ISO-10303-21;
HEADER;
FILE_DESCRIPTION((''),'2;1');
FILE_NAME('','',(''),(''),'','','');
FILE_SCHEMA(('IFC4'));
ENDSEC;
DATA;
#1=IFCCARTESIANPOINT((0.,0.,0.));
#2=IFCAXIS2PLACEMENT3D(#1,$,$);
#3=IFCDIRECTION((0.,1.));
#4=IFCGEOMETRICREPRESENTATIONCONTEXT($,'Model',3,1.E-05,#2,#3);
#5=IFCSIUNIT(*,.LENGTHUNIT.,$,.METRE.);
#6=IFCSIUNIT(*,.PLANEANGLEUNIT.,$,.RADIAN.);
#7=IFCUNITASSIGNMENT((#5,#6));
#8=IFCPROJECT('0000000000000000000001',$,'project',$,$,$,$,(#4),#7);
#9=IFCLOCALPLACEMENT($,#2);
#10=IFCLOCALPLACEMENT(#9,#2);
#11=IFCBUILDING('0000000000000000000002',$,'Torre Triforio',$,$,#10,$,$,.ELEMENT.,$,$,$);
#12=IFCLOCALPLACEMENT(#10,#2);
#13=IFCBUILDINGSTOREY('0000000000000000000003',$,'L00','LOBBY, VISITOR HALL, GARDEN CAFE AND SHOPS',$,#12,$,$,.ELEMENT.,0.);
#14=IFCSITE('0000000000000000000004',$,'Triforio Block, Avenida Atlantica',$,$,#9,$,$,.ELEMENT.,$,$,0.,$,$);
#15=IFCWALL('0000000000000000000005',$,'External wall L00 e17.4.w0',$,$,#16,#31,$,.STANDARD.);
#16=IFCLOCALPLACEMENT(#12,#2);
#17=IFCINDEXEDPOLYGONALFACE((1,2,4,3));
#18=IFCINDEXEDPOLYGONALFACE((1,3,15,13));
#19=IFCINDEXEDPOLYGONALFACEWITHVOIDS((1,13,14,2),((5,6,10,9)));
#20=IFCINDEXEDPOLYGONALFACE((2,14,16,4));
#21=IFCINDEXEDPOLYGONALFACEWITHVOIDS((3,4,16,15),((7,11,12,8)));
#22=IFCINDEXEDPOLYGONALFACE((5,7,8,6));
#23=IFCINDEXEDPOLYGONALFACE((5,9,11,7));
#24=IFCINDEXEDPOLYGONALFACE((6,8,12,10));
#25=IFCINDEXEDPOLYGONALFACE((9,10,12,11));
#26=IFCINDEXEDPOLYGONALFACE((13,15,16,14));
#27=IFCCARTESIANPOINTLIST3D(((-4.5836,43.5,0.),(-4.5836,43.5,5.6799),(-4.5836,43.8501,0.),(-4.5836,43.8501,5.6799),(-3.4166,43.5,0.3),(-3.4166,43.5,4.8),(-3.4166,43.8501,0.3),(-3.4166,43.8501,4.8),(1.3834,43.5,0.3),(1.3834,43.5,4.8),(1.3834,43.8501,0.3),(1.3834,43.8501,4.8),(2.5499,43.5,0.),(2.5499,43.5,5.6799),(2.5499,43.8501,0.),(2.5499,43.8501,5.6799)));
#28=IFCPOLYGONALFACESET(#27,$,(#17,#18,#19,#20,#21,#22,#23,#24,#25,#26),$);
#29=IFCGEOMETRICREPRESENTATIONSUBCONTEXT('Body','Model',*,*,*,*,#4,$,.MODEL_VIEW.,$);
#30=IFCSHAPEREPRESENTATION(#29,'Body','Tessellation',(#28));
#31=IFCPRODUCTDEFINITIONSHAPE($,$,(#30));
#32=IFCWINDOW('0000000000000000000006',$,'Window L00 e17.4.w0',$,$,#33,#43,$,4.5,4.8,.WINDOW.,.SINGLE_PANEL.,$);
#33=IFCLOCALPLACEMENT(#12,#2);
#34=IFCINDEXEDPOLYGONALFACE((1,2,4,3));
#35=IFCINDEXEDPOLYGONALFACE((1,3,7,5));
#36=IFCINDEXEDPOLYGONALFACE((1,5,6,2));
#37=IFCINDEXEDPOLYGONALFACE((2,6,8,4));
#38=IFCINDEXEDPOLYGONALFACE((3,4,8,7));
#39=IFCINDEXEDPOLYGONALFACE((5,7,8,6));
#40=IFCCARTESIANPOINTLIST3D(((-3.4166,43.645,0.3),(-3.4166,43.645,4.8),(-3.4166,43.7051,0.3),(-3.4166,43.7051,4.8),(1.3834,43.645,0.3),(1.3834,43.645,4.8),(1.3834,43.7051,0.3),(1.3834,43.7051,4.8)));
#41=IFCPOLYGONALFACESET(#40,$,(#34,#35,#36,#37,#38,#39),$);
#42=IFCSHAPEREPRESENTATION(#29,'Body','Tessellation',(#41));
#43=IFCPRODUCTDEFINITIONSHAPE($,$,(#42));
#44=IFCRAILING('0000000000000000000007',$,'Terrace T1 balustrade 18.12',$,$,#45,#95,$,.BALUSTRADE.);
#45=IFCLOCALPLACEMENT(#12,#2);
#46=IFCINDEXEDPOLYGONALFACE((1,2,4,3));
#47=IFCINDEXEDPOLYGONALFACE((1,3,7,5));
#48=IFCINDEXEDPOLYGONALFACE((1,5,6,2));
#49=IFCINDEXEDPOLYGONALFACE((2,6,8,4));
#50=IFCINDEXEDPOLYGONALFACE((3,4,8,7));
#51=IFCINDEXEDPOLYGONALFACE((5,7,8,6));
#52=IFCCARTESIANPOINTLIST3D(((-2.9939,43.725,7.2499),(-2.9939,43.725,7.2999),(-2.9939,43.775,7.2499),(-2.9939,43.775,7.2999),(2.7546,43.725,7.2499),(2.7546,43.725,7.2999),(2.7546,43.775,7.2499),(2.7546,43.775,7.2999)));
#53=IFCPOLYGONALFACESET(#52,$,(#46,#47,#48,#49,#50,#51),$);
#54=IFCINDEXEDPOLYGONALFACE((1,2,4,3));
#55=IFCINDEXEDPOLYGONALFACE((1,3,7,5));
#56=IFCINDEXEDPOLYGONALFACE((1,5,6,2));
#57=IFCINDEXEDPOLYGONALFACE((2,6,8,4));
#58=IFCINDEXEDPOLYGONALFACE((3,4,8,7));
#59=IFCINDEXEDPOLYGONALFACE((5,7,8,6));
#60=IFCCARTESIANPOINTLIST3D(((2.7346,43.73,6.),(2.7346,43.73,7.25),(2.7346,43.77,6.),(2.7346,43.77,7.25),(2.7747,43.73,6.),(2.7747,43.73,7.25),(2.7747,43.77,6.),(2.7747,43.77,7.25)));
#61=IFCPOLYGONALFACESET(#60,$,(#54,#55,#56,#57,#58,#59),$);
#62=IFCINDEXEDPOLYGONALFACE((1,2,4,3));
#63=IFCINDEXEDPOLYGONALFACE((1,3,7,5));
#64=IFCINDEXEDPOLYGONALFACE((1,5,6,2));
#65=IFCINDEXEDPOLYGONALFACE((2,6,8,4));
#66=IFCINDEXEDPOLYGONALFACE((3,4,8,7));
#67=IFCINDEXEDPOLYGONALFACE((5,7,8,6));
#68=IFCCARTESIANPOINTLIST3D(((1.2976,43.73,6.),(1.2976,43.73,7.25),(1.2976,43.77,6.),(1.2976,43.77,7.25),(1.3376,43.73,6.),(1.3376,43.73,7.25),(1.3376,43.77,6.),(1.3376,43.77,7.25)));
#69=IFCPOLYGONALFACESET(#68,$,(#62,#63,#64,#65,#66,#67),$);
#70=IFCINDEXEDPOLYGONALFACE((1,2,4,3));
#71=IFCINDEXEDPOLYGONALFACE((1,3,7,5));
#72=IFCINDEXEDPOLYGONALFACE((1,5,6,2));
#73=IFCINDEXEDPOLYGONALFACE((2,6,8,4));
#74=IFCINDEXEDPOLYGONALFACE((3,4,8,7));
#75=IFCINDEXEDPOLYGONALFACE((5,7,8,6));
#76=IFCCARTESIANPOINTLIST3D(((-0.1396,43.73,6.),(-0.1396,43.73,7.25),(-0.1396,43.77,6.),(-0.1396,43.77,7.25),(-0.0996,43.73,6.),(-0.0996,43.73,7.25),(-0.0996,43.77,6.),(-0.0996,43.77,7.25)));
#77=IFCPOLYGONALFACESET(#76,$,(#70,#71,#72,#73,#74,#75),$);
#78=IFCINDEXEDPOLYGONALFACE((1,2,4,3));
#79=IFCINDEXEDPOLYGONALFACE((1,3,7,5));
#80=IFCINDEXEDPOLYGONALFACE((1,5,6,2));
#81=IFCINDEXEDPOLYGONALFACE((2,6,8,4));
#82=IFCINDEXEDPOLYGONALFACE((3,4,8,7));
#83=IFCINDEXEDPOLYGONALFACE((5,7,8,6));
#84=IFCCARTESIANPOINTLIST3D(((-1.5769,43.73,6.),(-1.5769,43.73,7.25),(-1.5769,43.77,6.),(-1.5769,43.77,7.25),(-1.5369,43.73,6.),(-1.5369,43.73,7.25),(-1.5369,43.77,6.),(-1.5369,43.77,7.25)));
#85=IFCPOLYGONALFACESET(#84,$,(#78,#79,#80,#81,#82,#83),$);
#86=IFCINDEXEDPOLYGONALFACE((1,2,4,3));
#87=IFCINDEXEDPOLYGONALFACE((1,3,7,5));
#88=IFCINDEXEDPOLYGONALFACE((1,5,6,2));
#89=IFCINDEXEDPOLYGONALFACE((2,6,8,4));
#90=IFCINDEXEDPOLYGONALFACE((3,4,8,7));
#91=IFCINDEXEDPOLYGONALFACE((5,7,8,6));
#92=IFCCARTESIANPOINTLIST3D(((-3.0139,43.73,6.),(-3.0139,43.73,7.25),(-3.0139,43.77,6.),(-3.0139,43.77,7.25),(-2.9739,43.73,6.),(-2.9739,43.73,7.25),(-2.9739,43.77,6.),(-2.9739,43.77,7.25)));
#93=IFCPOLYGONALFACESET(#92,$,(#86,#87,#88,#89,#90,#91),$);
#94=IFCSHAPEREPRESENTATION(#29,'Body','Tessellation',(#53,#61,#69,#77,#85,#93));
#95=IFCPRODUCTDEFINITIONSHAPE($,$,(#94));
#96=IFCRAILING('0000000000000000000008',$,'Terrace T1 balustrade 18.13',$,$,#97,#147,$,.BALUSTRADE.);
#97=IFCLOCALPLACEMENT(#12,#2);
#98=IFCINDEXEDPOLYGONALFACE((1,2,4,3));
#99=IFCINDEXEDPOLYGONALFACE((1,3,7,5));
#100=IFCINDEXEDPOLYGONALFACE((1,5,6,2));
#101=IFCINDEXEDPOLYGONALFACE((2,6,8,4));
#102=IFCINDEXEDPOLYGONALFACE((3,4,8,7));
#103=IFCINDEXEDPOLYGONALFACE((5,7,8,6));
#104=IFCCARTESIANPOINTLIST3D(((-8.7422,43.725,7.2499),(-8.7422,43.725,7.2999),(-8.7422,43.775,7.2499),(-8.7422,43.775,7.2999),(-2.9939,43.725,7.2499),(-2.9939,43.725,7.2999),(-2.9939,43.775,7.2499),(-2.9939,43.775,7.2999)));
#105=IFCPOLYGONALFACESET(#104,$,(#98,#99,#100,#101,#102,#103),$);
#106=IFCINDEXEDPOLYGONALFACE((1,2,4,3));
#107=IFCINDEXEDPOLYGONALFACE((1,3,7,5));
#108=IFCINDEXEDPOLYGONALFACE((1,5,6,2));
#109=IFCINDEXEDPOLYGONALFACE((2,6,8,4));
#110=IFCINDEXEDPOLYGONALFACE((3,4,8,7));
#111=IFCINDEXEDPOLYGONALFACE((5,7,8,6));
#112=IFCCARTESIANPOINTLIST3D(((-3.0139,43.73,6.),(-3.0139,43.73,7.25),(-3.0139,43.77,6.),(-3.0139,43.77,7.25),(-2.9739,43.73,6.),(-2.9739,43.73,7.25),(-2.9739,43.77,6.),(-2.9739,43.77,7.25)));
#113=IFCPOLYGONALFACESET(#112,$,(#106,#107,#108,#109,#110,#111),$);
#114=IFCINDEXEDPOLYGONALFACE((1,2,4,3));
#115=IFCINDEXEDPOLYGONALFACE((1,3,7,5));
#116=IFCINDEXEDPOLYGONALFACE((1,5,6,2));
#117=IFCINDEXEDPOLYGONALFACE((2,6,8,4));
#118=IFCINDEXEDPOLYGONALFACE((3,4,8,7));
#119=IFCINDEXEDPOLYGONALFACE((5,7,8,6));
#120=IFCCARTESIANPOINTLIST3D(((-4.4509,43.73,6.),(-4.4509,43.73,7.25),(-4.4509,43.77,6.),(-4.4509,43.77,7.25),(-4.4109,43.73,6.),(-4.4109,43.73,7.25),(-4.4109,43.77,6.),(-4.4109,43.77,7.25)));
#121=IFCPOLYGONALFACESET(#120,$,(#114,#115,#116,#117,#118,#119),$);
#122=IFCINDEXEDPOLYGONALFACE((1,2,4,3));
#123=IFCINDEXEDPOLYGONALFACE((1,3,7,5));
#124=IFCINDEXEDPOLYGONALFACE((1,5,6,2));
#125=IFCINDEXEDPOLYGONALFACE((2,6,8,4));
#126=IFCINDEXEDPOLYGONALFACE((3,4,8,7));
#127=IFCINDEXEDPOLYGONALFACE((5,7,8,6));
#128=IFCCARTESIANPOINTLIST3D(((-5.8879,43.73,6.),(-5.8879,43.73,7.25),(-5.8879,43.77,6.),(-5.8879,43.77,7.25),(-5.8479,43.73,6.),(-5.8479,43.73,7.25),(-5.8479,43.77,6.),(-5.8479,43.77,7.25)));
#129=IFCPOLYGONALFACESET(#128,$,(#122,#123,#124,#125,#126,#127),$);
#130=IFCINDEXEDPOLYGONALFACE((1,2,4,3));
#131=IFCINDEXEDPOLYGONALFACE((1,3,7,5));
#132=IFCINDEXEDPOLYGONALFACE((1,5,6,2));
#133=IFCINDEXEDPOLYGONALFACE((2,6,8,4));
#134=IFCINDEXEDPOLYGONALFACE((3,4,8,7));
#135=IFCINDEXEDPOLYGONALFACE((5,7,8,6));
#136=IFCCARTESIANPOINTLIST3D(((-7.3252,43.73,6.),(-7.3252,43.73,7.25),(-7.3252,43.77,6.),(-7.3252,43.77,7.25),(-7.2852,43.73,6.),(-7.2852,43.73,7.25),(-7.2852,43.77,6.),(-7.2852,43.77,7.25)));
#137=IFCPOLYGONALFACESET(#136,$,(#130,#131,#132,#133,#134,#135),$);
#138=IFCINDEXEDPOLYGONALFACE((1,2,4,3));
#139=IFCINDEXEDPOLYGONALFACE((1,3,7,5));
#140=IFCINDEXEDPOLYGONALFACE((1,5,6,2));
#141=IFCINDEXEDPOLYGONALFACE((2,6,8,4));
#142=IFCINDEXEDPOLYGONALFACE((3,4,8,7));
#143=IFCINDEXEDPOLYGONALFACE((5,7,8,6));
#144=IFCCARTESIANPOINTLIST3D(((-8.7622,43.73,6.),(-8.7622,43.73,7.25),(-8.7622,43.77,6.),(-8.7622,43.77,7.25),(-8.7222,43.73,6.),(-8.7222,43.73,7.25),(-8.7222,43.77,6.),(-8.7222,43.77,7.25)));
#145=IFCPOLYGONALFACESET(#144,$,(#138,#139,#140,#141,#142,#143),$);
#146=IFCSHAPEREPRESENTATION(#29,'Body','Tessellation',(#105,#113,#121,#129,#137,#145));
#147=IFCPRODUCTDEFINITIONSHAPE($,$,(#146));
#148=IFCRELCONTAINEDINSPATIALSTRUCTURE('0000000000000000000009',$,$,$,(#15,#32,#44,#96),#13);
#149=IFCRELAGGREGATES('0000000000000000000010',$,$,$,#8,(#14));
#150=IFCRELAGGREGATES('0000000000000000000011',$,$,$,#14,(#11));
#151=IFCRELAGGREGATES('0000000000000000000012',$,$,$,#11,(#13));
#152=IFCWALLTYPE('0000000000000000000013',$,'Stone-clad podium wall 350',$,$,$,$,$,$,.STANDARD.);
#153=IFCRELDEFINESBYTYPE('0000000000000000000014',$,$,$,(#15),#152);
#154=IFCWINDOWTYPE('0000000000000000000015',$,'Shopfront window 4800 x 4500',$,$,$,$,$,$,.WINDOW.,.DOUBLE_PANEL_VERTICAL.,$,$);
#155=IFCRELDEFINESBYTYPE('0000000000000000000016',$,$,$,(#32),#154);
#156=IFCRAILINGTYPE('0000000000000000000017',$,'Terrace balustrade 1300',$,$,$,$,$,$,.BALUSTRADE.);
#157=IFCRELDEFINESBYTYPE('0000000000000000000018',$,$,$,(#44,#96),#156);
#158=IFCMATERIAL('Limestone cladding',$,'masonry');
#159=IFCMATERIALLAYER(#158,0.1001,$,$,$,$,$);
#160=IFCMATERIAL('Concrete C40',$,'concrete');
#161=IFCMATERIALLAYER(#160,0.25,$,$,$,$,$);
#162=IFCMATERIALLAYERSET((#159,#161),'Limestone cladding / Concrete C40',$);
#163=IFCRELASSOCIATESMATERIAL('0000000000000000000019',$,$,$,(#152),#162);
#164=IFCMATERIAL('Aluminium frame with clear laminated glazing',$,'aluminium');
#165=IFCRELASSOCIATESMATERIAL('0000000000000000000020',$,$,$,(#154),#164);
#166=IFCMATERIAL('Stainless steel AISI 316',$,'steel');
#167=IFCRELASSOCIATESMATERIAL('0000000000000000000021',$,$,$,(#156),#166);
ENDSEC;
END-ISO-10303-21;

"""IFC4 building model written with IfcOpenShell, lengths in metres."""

from ifc_helpers import new_model, si_unit, direction, frame, frame_2d, origin, origin_2d, place, context, subcontext, project, spatial, rectangle, extrude, material, layer, layer_set, type_object, element, fill, save


model = new_model("IFC4")

# Units and contexts
model_context = context("Model", 3, precision=1e-05, world=origin(), true_north=direction((0.0, 1.0)))
body_context = subcontext(model_context, "Body", "Model", "MODEL_VIEW")
ifc_project = project(units=[si_unit("LENGTHUNIT", "METRE"), si_unit("PLANEANGLEUNIT", "RADIAN")], contexts=[model_context])

# Site, building, storey
site_placement = place(None, origin())
site = spatial("IfcSite", under=ifc_project, at=site_placement, Name="Triforio Block, Avenida Atlantica", CompositionType="ELEMENT", RefElevation=0.0)
building_placement = place(site_placement, origin())
building = spatial("IfcBuilding", under=site, at=building_placement, Name="Torre Triforio", CompositionType="ELEMENT")
storey_placement = place(building_placement, origin())
storey = spatial("IfcBuildingStorey", under=building, at=storey_placement, Name="L00", Description="LOBBY, VISITOR HALL, GARDEN CAFE AND SHOPS", CompositionType="ELEMENT", Elevation=0.0)

# Shared definitions
ifc_material_1 = material(Name="Limestone cladding", Category="masonry")
ifc_layer_1 = layer(ifc_material_1, 0.1001)
ifc_material_2 = material(Name="Concrete C40", Category="concrete")
ifc_layer_2 = layer(ifc_material_2, 0.25)
ifc_layer_set_1 = layer_set([ifc_layer_1, ifc_layer_2], Name="Limestone cladding / Concrete C40")
wall_type_1 = type_object("IfcWallType", Name="Stone-clad podium wall 350", PredefinedType="STANDARD", material=ifc_layer_set_1)

# Wall, opening, window
wall_1_placement = place(storey_placement, frame((2.55, 43.675, 0.0), z_axis=(0.0, 0.0, 1.0), x_axis=(-1.0, 0.0, 0.0)))
wall_1 = element("IfcWall", 1, at=wall_1_placement, inside=storey, type_object=wall_type_1, Name="External wall L00 e17.4.w0", PredefinedType="STANDARD", context=body_context, shape_type="SweptSolid", body=[
    extrude(rectangle(XDim=7.1335, YDim=0.3501, at=frame_2d((3.5669, 0.0))), origin(), (0.0, 0.0, 1.0), 5.6799),
])
opening_1_placement = place(wall_1_placement, frame((1.1667, 0.0, 0.3)))
opening_1 = element("IfcOpeningElement", 2, at=opening_1_placement, cuts=wall_1, PredefinedType="OPENING", context=body_context, shape_type="SweptSolid", body=[
    extrude(rectangle(XDim=4.8, YDim=4.5, at=frame_2d((2.3999, 2.25))), frame((0.0, 0.1851, 0.0), z_axis=(0.0, -1.0, 0.0), x_axis=(1.0, 0.0, 0.0)), (0.0, 0.0, 1.0), 0.3701),
])
ifc_material_3 = material(Name="Aluminium frame with clear laminated glazing", Category="aluminium")
window_type = type_object("IfcWindowType", Name="Shopfront window 4800 x 4500", PartitioningType="DOUBLE_PANEL_VERTICAL", PredefinedType="WINDOW", material=ifc_material_3)
window_placement = place(opening_1_placement, origin())
window = element("IfcWindow", 3, at=window_placement, inside=storey, type_object=window_type, Name="Window L00 e17.4.w0", OverallHeight=4.5, OverallWidth=4.8, PartitioningType="SINGLE_PANEL", PredefinedType="WINDOW", context=body_context, shape_type="SweptSolid", body=[
    extrude(rectangle(XDim=4.8, YDim=4.5, at=frame_2d((2.3999, 2.25))), frame((0.0, 0.03, 0.0), z_axis=(0.0, -1.0, 0.0), x_axis=(1.0, 0.0, 0.0)), (0.0, 0.0, 1.0), 0.0601),
])
fill(opening_1, window)

# Railings
ifc_material_4 = material(Name="Stainless steel AISI 316", Category="steel")
railing_type = type_object("IfcRailingType", Name="Terrace balustrade 1300", PredefinedType="BALUSTRADE", material=ifc_material_4)
railing_1_placement = place(storey_placement, frame((2.7546, 43.75, 6.0)))
element("IfcRailing", 4, at=railing_1_placement, inside=storey, type_object=railing_type, Name="Terrace T1 balustrade 18.12", PredefinedType="BALUSTRADE", context=body_context, shape_type="SweptSolid", body=[
    extrude(rectangle(XDim=0.05, YDim=0.05, at=origin_2d()), frame((0.0, 0.0, 1.2749), z_axis=(-1.0, 0.0, 0.0), x_axis=(0.0, -1.0, 0.0)), (0.0, 0.0, 1.0), 5.7485),
    extrude(rectangle(XDim=0.04, YDim=0.04, at=origin_2d()), origin(), (0.0, 0.0, 1.0), 1.25),
    extrude(rectangle(XDim=0.04, YDim=0.04, at=origin_2d()), frame((-1.437, 0.0, 0.0)), (0.0, 0.0, 1.0), 1.25),
    extrude(rectangle(XDim=0.04, YDim=0.04, at=origin_2d()), frame((-2.8743, 0.0, 0.0)), (0.0, 0.0, 1.0), 1.25),
    extrude(rectangle(XDim=0.04, YDim=0.04, at=origin_2d()), frame((-4.3115, 0.0, 0.0)), (0.0, 0.0, 1.0), 1.25),
    extrude(rectangle(XDim=0.04, YDim=0.04, at=origin_2d()), frame((-5.7485, 0.0, 0.0)), (0.0, 0.0, 1.0), 1.25),
])
railing_2_placement = place(storey_placement, frame((-2.9939, 43.75, 6.0)))
element("IfcRailing", 5, at=railing_2_placement, inside=storey, type_object=railing_type, Name="Terrace T1 balustrade 18.13", PredefinedType="BALUSTRADE", context=body_context, shape_type="SweptSolid", body=[
    extrude(rectangle(XDim=0.05, YDim=0.05, at=origin_2d()), frame((0.0, 0.0, 1.2749), z_axis=(-1.0, 0.0, 0.0), x_axis=(0.0, -1.0, 0.0)), (0.0, 0.0, 1.0), 5.7483),
    extrude(rectangle(XDim=0.04, YDim=0.04, at=origin_2d()), origin(), (0.0, 0.0, 1.0), 1.25),
    extrude(rectangle(XDim=0.04, YDim=0.04, at=origin_2d()), frame((-1.437, 0.0, 0.0)), (0.0, 0.0, 1.0), 1.25),
    extrude(rectangle(XDim=0.04, YDim=0.04, at=origin_2d()), frame((-2.874, 0.0, 0.0)), (0.0, 0.0, 1.0), 1.25),
    extrude(rectangle(XDim=0.04, YDim=0.04, at=origin_2d()), frame((-4.3113, 0.0, 0.0)), (0.0, 0.0, 1.0), 1.25),
    extrude(rectangle(XDim=0.04, YDim=0.04, at=origin_2d()), frame((-5.7483, 0.0, 0.0)), (0.0, 0.0, 1.0), 1.25),
])

save(model, "model.ifc")
